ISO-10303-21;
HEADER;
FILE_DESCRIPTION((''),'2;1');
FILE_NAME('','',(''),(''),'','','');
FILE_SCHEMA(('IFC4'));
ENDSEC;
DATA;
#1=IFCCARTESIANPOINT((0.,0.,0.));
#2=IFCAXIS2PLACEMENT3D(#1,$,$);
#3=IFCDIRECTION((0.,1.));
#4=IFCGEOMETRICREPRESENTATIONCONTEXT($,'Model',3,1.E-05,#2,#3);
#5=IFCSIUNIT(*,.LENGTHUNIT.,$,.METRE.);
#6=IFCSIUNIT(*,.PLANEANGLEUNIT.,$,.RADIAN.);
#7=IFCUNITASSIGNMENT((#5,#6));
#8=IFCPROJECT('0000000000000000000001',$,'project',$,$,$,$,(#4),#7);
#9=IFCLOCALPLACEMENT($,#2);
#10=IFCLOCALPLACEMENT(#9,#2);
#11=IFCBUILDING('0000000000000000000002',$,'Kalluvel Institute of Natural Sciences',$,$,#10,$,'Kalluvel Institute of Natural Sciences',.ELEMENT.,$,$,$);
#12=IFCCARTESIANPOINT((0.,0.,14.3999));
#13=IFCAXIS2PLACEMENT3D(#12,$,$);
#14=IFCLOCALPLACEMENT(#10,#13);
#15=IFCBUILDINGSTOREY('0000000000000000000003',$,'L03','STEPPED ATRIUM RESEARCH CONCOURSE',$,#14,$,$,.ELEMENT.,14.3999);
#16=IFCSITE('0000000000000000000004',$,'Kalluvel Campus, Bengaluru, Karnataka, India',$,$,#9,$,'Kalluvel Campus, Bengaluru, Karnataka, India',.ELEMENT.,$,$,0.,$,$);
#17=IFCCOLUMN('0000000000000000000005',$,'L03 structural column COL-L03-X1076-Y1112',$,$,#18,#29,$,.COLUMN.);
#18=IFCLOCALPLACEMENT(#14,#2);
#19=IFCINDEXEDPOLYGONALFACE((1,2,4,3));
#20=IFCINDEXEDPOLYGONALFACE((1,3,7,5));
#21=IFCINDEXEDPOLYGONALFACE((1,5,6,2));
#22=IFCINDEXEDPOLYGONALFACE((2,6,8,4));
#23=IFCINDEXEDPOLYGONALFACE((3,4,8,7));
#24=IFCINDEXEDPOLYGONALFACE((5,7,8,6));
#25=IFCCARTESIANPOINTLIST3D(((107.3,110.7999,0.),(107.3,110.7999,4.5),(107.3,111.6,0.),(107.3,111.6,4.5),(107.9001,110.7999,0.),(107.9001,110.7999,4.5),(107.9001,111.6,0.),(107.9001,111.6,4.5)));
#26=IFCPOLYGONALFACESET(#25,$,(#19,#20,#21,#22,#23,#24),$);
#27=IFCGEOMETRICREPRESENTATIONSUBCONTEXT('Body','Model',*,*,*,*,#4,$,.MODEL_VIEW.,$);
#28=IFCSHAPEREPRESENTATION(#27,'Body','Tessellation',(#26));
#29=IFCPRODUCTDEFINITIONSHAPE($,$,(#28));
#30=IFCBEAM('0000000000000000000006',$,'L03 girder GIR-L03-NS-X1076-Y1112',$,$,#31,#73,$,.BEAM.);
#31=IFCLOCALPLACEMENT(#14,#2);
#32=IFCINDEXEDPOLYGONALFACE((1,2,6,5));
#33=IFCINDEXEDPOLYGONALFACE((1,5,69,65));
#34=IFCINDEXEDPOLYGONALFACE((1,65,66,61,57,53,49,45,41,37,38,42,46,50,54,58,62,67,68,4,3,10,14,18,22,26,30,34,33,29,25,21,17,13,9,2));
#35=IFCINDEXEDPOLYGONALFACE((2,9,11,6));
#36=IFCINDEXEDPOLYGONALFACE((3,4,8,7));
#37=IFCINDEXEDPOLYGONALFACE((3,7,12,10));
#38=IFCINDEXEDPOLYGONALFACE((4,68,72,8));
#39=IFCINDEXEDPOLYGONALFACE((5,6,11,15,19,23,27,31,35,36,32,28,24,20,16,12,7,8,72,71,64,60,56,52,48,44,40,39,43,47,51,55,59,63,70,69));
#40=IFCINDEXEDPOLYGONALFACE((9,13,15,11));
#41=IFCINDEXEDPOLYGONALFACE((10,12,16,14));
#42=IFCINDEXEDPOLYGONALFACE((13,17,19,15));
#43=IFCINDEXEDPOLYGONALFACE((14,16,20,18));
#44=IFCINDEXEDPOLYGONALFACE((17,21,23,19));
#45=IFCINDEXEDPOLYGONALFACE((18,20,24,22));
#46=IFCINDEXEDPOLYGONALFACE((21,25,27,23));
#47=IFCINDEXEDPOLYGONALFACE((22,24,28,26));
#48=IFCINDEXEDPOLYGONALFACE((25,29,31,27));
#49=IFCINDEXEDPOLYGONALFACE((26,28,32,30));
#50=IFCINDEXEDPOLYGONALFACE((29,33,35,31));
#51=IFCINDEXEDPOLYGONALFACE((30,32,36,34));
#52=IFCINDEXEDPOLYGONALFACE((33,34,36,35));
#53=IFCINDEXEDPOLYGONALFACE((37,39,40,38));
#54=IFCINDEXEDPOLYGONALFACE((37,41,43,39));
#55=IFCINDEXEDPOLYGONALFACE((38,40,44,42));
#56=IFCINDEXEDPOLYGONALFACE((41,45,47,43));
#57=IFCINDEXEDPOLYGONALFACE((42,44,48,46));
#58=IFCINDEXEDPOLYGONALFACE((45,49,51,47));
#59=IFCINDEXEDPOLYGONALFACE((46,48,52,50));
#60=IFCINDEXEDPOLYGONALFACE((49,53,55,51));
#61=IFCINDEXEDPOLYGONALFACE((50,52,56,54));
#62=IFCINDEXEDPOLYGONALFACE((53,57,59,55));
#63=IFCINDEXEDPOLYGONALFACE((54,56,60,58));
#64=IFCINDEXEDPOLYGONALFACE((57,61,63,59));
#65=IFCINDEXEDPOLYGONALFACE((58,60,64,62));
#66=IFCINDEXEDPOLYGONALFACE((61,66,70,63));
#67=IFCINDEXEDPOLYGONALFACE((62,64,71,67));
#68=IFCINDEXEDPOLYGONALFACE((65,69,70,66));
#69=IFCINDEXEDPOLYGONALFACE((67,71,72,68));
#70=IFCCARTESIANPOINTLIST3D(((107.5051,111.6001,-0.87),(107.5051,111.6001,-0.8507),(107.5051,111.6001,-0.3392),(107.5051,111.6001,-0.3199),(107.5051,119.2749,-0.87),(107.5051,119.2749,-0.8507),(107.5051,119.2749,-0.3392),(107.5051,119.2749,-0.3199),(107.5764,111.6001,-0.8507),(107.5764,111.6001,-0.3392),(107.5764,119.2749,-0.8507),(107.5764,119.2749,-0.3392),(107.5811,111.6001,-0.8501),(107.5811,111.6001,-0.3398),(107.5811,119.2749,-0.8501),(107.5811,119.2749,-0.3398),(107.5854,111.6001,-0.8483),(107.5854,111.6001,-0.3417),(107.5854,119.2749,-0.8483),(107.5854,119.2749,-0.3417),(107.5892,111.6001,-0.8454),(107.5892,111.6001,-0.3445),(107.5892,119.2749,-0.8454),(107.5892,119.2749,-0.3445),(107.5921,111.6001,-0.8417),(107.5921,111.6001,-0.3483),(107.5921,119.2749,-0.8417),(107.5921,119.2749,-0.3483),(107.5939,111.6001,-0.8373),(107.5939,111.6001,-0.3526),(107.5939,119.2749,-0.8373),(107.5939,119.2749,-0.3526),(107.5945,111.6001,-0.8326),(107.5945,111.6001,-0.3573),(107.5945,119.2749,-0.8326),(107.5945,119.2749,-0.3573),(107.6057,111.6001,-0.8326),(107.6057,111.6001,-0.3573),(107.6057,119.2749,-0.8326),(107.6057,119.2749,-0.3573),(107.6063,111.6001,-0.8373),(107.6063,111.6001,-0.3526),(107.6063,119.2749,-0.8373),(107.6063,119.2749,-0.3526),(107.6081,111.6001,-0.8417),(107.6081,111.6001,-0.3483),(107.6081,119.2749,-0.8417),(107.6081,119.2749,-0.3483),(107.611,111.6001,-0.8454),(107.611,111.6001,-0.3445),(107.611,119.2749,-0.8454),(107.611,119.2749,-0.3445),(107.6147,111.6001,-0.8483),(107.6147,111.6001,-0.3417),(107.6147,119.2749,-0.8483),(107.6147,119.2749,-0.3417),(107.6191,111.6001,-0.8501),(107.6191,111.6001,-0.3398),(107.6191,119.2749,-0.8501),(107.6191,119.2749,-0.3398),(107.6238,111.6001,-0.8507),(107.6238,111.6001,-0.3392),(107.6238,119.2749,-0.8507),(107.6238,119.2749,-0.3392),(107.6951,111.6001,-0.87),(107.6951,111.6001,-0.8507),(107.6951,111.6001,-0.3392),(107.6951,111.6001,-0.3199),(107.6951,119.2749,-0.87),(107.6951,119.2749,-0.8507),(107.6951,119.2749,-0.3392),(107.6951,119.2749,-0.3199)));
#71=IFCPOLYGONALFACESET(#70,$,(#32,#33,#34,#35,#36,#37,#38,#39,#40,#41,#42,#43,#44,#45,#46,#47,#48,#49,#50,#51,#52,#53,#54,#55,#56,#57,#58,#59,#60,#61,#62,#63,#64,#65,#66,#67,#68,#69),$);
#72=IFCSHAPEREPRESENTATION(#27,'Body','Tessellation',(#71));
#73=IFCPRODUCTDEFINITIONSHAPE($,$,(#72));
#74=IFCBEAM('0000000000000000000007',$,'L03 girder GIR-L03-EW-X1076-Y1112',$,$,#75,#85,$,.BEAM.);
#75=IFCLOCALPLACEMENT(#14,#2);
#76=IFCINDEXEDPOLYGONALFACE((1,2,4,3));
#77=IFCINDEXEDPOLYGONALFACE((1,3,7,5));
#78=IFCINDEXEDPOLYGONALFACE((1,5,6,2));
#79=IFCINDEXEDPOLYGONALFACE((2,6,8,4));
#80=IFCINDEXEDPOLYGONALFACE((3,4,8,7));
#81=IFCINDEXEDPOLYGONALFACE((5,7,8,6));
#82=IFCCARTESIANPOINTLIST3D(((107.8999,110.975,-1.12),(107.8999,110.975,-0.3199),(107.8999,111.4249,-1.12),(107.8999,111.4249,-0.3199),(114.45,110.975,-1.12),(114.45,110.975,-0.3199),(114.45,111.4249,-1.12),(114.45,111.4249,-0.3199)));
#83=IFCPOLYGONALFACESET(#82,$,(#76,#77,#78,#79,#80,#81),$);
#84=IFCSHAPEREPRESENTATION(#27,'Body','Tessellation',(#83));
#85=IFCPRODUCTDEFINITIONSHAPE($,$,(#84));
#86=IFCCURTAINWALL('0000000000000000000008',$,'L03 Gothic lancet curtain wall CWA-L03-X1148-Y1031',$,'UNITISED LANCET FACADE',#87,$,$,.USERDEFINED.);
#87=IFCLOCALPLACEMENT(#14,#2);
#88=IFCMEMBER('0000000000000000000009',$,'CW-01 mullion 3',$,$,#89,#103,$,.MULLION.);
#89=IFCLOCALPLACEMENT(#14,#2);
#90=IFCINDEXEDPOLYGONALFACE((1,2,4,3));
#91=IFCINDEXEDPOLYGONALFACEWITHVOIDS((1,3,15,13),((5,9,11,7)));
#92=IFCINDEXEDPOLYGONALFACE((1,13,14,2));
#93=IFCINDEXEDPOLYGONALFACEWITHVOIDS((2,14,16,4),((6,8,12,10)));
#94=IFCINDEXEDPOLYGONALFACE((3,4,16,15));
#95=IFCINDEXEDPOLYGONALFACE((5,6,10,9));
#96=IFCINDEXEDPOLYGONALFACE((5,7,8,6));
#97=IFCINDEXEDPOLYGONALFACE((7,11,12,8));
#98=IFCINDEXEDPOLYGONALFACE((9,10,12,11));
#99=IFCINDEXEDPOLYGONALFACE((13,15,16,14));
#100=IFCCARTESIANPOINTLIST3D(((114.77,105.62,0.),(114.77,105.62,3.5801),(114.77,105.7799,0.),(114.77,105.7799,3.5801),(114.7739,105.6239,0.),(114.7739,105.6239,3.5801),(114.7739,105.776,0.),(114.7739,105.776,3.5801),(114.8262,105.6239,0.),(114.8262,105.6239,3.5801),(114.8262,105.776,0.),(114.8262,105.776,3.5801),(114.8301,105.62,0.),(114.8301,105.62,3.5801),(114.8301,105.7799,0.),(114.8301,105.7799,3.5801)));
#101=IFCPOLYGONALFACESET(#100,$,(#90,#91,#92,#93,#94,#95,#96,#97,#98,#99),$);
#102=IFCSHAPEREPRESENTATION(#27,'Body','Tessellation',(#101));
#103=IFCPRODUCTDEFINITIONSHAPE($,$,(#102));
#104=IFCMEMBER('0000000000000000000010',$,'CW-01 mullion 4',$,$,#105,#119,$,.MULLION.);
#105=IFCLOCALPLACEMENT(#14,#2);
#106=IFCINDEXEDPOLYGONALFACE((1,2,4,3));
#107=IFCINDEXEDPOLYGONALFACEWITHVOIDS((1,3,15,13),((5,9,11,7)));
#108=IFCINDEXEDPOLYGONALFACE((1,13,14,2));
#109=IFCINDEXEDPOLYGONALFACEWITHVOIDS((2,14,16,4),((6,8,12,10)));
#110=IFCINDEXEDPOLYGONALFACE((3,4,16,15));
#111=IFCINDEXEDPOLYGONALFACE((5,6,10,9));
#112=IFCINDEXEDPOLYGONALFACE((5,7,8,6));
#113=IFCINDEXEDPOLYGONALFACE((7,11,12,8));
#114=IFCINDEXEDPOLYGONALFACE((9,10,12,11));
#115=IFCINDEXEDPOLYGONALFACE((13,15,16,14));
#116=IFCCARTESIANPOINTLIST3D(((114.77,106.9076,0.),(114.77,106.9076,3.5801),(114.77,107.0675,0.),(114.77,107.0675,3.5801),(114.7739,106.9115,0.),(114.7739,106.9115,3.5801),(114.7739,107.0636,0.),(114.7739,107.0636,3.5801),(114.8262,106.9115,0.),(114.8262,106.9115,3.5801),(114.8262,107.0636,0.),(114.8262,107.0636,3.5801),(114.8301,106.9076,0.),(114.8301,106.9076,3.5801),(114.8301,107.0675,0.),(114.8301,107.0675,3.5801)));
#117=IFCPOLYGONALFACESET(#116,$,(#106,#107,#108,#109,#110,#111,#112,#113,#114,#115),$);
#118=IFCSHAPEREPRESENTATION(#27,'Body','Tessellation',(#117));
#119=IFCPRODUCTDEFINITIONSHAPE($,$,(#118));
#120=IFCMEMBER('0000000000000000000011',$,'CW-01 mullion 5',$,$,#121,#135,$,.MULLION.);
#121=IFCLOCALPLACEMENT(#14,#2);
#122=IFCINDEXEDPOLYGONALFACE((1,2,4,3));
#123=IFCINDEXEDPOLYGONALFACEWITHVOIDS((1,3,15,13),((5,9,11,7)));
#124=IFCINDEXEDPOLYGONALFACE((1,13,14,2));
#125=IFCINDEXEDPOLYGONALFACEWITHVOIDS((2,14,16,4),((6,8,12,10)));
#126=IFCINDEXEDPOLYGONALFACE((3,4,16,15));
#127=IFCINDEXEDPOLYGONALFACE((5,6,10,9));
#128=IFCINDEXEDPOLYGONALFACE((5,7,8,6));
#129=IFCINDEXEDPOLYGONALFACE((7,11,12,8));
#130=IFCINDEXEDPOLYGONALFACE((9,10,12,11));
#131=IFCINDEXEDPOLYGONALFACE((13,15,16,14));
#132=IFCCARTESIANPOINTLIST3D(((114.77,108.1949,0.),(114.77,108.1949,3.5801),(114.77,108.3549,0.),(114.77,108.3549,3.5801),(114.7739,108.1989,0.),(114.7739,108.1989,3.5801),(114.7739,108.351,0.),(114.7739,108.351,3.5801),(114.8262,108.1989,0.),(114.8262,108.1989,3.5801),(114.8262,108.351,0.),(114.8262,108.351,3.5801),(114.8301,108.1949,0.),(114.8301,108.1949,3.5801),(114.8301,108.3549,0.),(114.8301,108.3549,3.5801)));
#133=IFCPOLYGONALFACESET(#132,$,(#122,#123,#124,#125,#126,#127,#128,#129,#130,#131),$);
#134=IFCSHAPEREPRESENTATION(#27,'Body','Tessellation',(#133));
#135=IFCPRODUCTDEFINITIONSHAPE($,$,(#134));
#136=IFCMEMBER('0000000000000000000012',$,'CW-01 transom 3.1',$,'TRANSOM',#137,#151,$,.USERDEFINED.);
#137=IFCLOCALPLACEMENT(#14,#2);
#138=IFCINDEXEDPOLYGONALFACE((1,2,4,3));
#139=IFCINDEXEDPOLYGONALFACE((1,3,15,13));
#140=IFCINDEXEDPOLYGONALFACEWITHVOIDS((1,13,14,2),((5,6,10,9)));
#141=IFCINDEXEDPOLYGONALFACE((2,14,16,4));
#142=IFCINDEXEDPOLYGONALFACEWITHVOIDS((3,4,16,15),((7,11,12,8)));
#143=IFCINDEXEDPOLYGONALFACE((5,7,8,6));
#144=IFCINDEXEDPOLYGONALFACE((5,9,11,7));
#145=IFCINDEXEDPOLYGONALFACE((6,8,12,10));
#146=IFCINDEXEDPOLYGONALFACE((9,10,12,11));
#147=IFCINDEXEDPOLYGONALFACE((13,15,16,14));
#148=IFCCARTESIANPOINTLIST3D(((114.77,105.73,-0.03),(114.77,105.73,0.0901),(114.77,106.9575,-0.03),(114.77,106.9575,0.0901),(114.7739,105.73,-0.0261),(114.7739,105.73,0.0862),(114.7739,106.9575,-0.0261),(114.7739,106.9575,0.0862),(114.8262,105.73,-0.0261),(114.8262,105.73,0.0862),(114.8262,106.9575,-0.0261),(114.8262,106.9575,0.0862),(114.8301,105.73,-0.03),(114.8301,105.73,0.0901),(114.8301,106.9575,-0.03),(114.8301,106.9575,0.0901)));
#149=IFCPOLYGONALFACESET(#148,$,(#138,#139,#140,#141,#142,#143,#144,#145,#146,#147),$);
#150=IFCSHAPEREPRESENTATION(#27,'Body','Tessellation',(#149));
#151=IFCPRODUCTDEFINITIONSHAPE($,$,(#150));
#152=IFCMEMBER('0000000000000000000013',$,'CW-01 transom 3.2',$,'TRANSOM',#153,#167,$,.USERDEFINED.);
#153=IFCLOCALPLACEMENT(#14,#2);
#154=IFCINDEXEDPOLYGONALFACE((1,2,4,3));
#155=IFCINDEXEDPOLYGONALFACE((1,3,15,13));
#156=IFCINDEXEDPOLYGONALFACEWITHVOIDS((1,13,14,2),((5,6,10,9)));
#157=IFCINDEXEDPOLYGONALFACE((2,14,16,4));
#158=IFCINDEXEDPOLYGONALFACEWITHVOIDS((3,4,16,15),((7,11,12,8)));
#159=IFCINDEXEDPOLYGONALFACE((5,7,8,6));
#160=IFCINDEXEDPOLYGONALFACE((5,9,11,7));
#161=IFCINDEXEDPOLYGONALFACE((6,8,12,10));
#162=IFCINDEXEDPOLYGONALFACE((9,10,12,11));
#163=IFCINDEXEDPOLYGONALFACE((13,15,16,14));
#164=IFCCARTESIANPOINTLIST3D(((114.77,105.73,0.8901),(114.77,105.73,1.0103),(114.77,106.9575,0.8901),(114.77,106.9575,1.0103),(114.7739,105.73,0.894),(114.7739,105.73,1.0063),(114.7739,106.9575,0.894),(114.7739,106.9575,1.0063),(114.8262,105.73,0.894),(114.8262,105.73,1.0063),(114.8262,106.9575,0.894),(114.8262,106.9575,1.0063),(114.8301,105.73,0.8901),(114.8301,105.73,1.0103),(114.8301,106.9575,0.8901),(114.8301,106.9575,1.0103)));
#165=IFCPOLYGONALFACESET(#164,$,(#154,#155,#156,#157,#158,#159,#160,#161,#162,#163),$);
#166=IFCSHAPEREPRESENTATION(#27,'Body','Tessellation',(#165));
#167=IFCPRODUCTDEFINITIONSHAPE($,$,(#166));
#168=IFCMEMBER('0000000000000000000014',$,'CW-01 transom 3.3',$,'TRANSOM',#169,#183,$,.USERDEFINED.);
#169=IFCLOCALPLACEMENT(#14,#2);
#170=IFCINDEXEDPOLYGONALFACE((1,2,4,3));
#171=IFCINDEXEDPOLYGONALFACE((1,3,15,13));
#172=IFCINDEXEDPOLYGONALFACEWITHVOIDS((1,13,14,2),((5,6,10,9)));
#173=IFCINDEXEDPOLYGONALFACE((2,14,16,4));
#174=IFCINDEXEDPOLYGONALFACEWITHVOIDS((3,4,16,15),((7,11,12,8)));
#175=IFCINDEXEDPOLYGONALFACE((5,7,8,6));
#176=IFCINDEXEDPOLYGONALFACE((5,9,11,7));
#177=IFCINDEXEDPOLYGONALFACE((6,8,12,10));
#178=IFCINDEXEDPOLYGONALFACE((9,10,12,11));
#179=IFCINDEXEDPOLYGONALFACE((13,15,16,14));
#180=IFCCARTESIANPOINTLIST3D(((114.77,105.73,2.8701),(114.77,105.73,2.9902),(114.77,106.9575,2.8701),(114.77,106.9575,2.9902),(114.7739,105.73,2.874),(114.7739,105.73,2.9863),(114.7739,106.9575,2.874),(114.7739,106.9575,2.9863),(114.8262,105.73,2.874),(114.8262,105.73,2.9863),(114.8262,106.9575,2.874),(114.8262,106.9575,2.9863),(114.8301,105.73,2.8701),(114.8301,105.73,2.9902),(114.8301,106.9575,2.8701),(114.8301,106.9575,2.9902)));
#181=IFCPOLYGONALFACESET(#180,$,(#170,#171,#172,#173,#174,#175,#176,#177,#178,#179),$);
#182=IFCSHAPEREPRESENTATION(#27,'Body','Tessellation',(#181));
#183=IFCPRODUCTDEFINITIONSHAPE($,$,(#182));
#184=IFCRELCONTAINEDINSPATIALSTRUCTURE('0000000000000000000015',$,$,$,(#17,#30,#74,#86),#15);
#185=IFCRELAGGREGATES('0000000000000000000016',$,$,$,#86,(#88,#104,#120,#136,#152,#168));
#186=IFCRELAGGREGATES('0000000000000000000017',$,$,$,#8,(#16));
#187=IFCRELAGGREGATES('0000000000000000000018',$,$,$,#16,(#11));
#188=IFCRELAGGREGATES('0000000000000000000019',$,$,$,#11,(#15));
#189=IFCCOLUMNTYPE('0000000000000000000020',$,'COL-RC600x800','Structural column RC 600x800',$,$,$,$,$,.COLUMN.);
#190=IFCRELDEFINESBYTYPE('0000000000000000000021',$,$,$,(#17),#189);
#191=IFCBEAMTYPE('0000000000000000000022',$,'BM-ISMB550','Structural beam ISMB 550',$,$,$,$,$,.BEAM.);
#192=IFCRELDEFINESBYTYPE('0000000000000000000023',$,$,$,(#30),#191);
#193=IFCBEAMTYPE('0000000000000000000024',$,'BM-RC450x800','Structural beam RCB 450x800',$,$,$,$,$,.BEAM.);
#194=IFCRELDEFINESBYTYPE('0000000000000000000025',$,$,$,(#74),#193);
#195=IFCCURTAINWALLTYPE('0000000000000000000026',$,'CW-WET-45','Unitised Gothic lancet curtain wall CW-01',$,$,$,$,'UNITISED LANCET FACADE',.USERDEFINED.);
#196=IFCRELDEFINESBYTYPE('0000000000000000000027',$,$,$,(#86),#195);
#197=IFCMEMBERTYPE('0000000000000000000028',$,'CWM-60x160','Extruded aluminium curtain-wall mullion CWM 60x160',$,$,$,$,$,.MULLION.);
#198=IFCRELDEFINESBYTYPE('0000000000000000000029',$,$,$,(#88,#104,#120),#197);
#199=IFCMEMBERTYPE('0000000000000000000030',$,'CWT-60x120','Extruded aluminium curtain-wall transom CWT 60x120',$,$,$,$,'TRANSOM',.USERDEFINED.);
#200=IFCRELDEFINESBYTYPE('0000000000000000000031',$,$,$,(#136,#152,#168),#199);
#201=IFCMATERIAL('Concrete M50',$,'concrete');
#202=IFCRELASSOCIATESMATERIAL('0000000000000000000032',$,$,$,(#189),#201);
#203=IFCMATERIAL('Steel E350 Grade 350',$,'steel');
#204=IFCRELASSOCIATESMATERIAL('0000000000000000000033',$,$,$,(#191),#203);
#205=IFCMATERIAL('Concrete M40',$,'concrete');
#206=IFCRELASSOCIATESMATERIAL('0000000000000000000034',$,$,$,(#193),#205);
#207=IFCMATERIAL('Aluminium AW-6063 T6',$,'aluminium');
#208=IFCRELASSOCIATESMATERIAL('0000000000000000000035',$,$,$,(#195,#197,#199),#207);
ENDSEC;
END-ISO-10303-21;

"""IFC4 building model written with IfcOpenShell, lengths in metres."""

from ifc_helpers import new_model, si_unit, direction, frame, origin, origin_2d, place, context, subcontext, project, spatial, rectangle, hollow_rectangle, i_section, extrude, material, material_profile, profile_set, type_object, element, aggregate, save


model = new_model("IFC4")

# Units and contexts
model_context = context("Model", 3, precision=1e-05, world=origin(), true_north=direction((0.0, 1.0)))
body_context = subcontext(model_context, "Body", "Model", "MODEL_VIEW")
ifc_project = project(units=[si_unit("LENGTHUNIT", "METRE"), si_unit("PLANEANGLEUNIT", "RADIAN")], contexts=[model_context])

# Site, building, storey
site_placement = place(None, origin())
site = spatial("IfcSite", under=ifc_project, at=site_placement, Name="Kalluvel Campus, Bengaluru, Karnataka, India", LongName="Kalluvel Campus, Bengaluru, Karnataka, India", CompositionType="ELEMENT", RefElevation=0.0)
building_placement = place(site_placement, origin())
building = spatial("IfcBuilding", under=site, at=building_placement, Name="Kalluvel Institute of Natural Sciences", LongName="Kalluvel Institute of Natural Sciences", CompositionType="ELEMENT")
storey_placement = place(building_placement, frame((0.0, 0.0, 14.3999)))
storey = spatial("IfcBuildingStorey", under=building, at=storey_placement, Name="L03", Description="STEPPED ATRIUM RESEARCH CONCOURSE", CompositionType="ELEMENT", Elevation=14.3999)

# Column
ifc_material_1 = material(Name="Concrete M50", Category="concrete")
ifc_material_profile_1 = material_profile(ifc_material_1, rectangle(XDim=0.6001, YDim=0.8, at=origin_2d()), Name="RC 600x800")
ifc_profile_set_1 = profile_set([ifc_material_profile_1], Name="Concrete M50")
column_type = type_object("IfcColumnType", Name="COL-RC600x800", Description="Structural column RC 600x800", PredefinedType="COLUMN", material=ifc_profile_set_1)
column_placement = place(storey_placement, frame((107.6001, 111.2, 0.0), z_axis=(0.0, 0.0, 1.0), x_axis=(1.0, 0.0, 0.0)))
element("IfcColumn", 1, at=column_placement, inside=storey, type_object=column_type, Name="L03 structural column COL-L03-X1076-Y1112", PredefinedType="COLUMN", context=body_context, shape_type="SweptSolid", body=[
    extrude(rectangle(XDim=0.6001, YDim=0.8, at=origin_2d()), origin(), (0.0, 0.0, 1.0), 4.5),
])

# Beams
ifc_material_2 = material(Name="Steel E350 Grade 350", Category="steel")
ifc_material_profile_2 = material_profile(ifc_material_2, i_section(OverallWidth=0.1899, OverallDepth=0.55, WebThickness=0.0112, FlangeThickness=0.0193, FilletRadius=0.0181, at=origin_2d()), Name="ISMB 550")
ifc_profile_set_2 = profile_set([ifc_material_profile_2], Name="Steel E350 Grade 350")
beam_type_1 = type_object("IfcBeamType", Name="BM-ISMB550", Description="Structural beam ISMB 550", PredefinedType="BEAM", material=ifc_profile_set_2)
beam_1_placement = place(storey_placement, frame((107.6001, 111.6001, -0.595), z_axis=(0.0, 1.0, 0.0), x_axis=(-1.0, 0.0, 0.0)))
element("IfcBeam", 2, at=beam_1_placement, inside=storey, type_object=beam_type_1, Name="L03 girder GIR-L03-NS-X1076-Y1112", PredefinedType="BEAM", context=body_context, shape_type="SweptSolid", body=[
    extrude(i_section(OverallWidth=0.1899, OverallDepth=0.55, WebThickness=0.0112, FlangeThickness=0.0193, FilletRadius=0.0181, at=origin_2d()), origin(), (0.0, 0.0, 1.0), 7.6748),
])
ifc_material_3 = material(Name="Concrete M40", Category="concrete")
ifc_material_profile_3 = material_profile(ifc_material_3, rectangle(XDim=0.45, YDim=0.8, at=origin_2d()), Name="RCB 450x800")
ifc_profile_set_3 = profile_set([ifc_material_profile_3], Name="Concrete M40")
beam_type_2 = type_object("IfcBeamType", Name="BM-RC450x800", Description="Structural beam RCB 450x800", PredefinedType="BEAM", material=ifc_profile_set_3)
beam_2_placement = place(storey_placement, frame((107.8999, 111.2, -0.72), z_axis=(1.0, 0.0, 0.0), x_axis=(0.0, 1.0, 0.0)))
element("IfcBeam", 3, at=beam_2_placement, inside=storey, type_object=beam_type_2, Name="L03 girder GIR-L03-EW-X1076-Y1112", PredefinedType="BEAM", context=body_context, shape_type="SweptSolid", body=[
    extrude(rectangle(XDim=0.45, YDim=0.8, at=origin_2d()), origin(), (0.0, 0.0, 1.0), 6.55),
])

# Curtain wall, members
ifc_material_4 = material(Name="Aluminium AW-6063 T6", Category="aluminium")
curtain_wall_type = type_object("IfcCurtainWallType", Name="CW-WET-45", Description="Unitised Gothic lancet curtain wall CW-01", ElementType="UNITISED LANCET FACADE", PredefinedType="USERDEFINED", material=ifc_material_4)
curtain_wall_placement = place(storey_placement, origin())
curtain_wall = element("IfcCurtainWall", 4, at=curtain_wall_placement, inside=storey, type_object=curtain_wall_type, Name="L03 Gothic lancet curtain wall CWA-L03-X1148-Y1031", ObjectType="UNITISED LANCET FACADE", PredefinedType="USERDEFINED")
ifc_material_profile_4 = material_profile(ifc_material_4, hollow_rectangle(XDim=0.0601, YDim=0.1599, WallThickness=0.0039, at=origin_2d()), Name="CWM 60x160")
ifc_profile_set_4 = profile_set([ifc_material_profile_4], Name="Aluminium AW-6063 T6")
member_type_1 = type_object("IfcMemberType", Name="CWM-60x160", Description="Extruded aluminium curtain-wall mullion CWM 60x160", PredefinedType="MULLION", material=ifc_profile_set_4)
member_1_placement = place(storey_placement, frame((114.8, 105.7, 0.0), z_axis=(0.0, 0.0, 1.0), x_axis=(-1.0, 0.0, 0.0)))
member_1 = element("IfcMember", 5, at=member_1_placement, type_object=member_type_1, Name="CW-01 mullion 3", PredefinedType="MULLION", context=body_context, shape_type="SweptSolid", body=[
    extrude(hollow_rectangle(XDim=0.0601, YDim=0.1599, WallThickness=0.0039, at=origin_2d()), origin(), (0.0, 0.0, 1.0), 3.5801),
])
member_2_placement = place(storey_placement, frame((114.8, 106.9875, 0.0), z_axis=(0.0, 0.0, 1.0), x_axis=(-1.0, 0.0, 0.0)))
member_2 = element("IfcMember", 6, at=member_2_placement, type_object=member_type_1, Name="CW-01 mullion 4", PredefinedType="MULLION", context=body_context, shape_type="SweptSolid", body=[
    extrude(hollow_rectangle(XDim=0.0601, YDim=0.1599, WallThickness=0.0039, at=origin_2d()), origin(), (0.0, 0.0, 1.0), 3.5801),
])
member_3_placement = place(storey_placement, frame((114.8, 108.2749, 0.0), z_axis=(0.0, 0.0, 1.0), x_axis=(-1.0, 0.0, 0.0)))
member_3 = element("IfcMember", 7, at=member_3_placement, type_object=member_type_1, Name="CW-01 mullion 5", PredefinedType="MULLION", context=body_context, shape_type="SweptSolid", body=[
    extrude(hollow_rectangle(XDim=0.0601, YDim=0.1599, WallThickness=0.0039, at=origin_2d()), origin(), (0.0, 0.0, 1.0), 3.5801),
])
ifc_material_profile_5 = material_profile(ifc_material_4, hollow_rectangle(XDim=0.0601, YDim=0.1201, WallThickness=0.0039, at=origin_2d()), Name="CWT 60x120")
ifc_profile_set_5 = profile_set([ifc_material_profile_5], Name="Aluminium AW-6063 T6")
member_type_2 = type_object("IfcMemberType", Name="CWT-60x120", Description="Extruded aluminium curtain-wall transom CWT 60x120", ElementType="TRANSOM", PredefinedType="USERDEFINED", material=ifc_profile_set_5)
member_4_placement = place(storey_placement, frame((114.8, 105.73, 0.03), z_axis=(0.0, 1.0, 0.0), x_axis=(-1.0, 0.0, 0.0)))
member_4 = element("IfcMember", 8, at=member_4_placement, type_object=member_type_2, Name="CW-01 transom 3.1", ObjectType="TRANSOM", PredefinedType="USERDEFINED", context=body_context, shape_type="SweptSolid", body=[
    extrude(hollow_rectangle(XDim=0.0601, YDim=0.1201, WallThickness=0.0039, at=origin_2d()), origin(), (0.0, 0.0, 1.0), 1.2275),
])
member_5_placement = place(storey_placement, frame((114.8, 105.73, 0.9502), z_axis=(0.0, 1.0, 0.0), x_axis=(-1.0, 0.0, 0.0)))
member_5 = element("IfcMember", 9, at=member_5_placement, type_object=member_type_2, Name="CW-01 transom 3.2", ObjectType="TRANSOM", PredefinedType="USERDEFINED", context=body_context, shape_type="SweptSolid", body=[
    extrude(hollow_rectangle(XDim=0.0601, YDim=0.1201, WallThickness=0.0039, at=origin_2d()), origin(), (0.0, 0.0, 1.0), 1.2275),
])
member_6_placement = place(storey_placement, frame((114.8, 105.73, 2.9302), z_axis=(0.0, 1.0, 0.0), x_axis=(-1.0, 0.0, 0.0)))
member_6 = element("IfcMember", 10, at=member_6_placement, type_object=member_type_2, Name="CW-01 transom 3.3", ObjectType="TRANSOM", PredefinedType="USERDEFINED", context=body_context, shape_type="SweptSolid", body=[
    extrude(hollow_rectangle(XDim=0.0601, YDim=0.1201, WallThickness=0.0039, at=origin_2d()), origin(), (0.0, 0.0, 1.0), 1.2275),
])

aggregate(curtain_wall, [member_1, member_2, member_3, member_4, member_5, member_6])

save(model, "model.ifc")
